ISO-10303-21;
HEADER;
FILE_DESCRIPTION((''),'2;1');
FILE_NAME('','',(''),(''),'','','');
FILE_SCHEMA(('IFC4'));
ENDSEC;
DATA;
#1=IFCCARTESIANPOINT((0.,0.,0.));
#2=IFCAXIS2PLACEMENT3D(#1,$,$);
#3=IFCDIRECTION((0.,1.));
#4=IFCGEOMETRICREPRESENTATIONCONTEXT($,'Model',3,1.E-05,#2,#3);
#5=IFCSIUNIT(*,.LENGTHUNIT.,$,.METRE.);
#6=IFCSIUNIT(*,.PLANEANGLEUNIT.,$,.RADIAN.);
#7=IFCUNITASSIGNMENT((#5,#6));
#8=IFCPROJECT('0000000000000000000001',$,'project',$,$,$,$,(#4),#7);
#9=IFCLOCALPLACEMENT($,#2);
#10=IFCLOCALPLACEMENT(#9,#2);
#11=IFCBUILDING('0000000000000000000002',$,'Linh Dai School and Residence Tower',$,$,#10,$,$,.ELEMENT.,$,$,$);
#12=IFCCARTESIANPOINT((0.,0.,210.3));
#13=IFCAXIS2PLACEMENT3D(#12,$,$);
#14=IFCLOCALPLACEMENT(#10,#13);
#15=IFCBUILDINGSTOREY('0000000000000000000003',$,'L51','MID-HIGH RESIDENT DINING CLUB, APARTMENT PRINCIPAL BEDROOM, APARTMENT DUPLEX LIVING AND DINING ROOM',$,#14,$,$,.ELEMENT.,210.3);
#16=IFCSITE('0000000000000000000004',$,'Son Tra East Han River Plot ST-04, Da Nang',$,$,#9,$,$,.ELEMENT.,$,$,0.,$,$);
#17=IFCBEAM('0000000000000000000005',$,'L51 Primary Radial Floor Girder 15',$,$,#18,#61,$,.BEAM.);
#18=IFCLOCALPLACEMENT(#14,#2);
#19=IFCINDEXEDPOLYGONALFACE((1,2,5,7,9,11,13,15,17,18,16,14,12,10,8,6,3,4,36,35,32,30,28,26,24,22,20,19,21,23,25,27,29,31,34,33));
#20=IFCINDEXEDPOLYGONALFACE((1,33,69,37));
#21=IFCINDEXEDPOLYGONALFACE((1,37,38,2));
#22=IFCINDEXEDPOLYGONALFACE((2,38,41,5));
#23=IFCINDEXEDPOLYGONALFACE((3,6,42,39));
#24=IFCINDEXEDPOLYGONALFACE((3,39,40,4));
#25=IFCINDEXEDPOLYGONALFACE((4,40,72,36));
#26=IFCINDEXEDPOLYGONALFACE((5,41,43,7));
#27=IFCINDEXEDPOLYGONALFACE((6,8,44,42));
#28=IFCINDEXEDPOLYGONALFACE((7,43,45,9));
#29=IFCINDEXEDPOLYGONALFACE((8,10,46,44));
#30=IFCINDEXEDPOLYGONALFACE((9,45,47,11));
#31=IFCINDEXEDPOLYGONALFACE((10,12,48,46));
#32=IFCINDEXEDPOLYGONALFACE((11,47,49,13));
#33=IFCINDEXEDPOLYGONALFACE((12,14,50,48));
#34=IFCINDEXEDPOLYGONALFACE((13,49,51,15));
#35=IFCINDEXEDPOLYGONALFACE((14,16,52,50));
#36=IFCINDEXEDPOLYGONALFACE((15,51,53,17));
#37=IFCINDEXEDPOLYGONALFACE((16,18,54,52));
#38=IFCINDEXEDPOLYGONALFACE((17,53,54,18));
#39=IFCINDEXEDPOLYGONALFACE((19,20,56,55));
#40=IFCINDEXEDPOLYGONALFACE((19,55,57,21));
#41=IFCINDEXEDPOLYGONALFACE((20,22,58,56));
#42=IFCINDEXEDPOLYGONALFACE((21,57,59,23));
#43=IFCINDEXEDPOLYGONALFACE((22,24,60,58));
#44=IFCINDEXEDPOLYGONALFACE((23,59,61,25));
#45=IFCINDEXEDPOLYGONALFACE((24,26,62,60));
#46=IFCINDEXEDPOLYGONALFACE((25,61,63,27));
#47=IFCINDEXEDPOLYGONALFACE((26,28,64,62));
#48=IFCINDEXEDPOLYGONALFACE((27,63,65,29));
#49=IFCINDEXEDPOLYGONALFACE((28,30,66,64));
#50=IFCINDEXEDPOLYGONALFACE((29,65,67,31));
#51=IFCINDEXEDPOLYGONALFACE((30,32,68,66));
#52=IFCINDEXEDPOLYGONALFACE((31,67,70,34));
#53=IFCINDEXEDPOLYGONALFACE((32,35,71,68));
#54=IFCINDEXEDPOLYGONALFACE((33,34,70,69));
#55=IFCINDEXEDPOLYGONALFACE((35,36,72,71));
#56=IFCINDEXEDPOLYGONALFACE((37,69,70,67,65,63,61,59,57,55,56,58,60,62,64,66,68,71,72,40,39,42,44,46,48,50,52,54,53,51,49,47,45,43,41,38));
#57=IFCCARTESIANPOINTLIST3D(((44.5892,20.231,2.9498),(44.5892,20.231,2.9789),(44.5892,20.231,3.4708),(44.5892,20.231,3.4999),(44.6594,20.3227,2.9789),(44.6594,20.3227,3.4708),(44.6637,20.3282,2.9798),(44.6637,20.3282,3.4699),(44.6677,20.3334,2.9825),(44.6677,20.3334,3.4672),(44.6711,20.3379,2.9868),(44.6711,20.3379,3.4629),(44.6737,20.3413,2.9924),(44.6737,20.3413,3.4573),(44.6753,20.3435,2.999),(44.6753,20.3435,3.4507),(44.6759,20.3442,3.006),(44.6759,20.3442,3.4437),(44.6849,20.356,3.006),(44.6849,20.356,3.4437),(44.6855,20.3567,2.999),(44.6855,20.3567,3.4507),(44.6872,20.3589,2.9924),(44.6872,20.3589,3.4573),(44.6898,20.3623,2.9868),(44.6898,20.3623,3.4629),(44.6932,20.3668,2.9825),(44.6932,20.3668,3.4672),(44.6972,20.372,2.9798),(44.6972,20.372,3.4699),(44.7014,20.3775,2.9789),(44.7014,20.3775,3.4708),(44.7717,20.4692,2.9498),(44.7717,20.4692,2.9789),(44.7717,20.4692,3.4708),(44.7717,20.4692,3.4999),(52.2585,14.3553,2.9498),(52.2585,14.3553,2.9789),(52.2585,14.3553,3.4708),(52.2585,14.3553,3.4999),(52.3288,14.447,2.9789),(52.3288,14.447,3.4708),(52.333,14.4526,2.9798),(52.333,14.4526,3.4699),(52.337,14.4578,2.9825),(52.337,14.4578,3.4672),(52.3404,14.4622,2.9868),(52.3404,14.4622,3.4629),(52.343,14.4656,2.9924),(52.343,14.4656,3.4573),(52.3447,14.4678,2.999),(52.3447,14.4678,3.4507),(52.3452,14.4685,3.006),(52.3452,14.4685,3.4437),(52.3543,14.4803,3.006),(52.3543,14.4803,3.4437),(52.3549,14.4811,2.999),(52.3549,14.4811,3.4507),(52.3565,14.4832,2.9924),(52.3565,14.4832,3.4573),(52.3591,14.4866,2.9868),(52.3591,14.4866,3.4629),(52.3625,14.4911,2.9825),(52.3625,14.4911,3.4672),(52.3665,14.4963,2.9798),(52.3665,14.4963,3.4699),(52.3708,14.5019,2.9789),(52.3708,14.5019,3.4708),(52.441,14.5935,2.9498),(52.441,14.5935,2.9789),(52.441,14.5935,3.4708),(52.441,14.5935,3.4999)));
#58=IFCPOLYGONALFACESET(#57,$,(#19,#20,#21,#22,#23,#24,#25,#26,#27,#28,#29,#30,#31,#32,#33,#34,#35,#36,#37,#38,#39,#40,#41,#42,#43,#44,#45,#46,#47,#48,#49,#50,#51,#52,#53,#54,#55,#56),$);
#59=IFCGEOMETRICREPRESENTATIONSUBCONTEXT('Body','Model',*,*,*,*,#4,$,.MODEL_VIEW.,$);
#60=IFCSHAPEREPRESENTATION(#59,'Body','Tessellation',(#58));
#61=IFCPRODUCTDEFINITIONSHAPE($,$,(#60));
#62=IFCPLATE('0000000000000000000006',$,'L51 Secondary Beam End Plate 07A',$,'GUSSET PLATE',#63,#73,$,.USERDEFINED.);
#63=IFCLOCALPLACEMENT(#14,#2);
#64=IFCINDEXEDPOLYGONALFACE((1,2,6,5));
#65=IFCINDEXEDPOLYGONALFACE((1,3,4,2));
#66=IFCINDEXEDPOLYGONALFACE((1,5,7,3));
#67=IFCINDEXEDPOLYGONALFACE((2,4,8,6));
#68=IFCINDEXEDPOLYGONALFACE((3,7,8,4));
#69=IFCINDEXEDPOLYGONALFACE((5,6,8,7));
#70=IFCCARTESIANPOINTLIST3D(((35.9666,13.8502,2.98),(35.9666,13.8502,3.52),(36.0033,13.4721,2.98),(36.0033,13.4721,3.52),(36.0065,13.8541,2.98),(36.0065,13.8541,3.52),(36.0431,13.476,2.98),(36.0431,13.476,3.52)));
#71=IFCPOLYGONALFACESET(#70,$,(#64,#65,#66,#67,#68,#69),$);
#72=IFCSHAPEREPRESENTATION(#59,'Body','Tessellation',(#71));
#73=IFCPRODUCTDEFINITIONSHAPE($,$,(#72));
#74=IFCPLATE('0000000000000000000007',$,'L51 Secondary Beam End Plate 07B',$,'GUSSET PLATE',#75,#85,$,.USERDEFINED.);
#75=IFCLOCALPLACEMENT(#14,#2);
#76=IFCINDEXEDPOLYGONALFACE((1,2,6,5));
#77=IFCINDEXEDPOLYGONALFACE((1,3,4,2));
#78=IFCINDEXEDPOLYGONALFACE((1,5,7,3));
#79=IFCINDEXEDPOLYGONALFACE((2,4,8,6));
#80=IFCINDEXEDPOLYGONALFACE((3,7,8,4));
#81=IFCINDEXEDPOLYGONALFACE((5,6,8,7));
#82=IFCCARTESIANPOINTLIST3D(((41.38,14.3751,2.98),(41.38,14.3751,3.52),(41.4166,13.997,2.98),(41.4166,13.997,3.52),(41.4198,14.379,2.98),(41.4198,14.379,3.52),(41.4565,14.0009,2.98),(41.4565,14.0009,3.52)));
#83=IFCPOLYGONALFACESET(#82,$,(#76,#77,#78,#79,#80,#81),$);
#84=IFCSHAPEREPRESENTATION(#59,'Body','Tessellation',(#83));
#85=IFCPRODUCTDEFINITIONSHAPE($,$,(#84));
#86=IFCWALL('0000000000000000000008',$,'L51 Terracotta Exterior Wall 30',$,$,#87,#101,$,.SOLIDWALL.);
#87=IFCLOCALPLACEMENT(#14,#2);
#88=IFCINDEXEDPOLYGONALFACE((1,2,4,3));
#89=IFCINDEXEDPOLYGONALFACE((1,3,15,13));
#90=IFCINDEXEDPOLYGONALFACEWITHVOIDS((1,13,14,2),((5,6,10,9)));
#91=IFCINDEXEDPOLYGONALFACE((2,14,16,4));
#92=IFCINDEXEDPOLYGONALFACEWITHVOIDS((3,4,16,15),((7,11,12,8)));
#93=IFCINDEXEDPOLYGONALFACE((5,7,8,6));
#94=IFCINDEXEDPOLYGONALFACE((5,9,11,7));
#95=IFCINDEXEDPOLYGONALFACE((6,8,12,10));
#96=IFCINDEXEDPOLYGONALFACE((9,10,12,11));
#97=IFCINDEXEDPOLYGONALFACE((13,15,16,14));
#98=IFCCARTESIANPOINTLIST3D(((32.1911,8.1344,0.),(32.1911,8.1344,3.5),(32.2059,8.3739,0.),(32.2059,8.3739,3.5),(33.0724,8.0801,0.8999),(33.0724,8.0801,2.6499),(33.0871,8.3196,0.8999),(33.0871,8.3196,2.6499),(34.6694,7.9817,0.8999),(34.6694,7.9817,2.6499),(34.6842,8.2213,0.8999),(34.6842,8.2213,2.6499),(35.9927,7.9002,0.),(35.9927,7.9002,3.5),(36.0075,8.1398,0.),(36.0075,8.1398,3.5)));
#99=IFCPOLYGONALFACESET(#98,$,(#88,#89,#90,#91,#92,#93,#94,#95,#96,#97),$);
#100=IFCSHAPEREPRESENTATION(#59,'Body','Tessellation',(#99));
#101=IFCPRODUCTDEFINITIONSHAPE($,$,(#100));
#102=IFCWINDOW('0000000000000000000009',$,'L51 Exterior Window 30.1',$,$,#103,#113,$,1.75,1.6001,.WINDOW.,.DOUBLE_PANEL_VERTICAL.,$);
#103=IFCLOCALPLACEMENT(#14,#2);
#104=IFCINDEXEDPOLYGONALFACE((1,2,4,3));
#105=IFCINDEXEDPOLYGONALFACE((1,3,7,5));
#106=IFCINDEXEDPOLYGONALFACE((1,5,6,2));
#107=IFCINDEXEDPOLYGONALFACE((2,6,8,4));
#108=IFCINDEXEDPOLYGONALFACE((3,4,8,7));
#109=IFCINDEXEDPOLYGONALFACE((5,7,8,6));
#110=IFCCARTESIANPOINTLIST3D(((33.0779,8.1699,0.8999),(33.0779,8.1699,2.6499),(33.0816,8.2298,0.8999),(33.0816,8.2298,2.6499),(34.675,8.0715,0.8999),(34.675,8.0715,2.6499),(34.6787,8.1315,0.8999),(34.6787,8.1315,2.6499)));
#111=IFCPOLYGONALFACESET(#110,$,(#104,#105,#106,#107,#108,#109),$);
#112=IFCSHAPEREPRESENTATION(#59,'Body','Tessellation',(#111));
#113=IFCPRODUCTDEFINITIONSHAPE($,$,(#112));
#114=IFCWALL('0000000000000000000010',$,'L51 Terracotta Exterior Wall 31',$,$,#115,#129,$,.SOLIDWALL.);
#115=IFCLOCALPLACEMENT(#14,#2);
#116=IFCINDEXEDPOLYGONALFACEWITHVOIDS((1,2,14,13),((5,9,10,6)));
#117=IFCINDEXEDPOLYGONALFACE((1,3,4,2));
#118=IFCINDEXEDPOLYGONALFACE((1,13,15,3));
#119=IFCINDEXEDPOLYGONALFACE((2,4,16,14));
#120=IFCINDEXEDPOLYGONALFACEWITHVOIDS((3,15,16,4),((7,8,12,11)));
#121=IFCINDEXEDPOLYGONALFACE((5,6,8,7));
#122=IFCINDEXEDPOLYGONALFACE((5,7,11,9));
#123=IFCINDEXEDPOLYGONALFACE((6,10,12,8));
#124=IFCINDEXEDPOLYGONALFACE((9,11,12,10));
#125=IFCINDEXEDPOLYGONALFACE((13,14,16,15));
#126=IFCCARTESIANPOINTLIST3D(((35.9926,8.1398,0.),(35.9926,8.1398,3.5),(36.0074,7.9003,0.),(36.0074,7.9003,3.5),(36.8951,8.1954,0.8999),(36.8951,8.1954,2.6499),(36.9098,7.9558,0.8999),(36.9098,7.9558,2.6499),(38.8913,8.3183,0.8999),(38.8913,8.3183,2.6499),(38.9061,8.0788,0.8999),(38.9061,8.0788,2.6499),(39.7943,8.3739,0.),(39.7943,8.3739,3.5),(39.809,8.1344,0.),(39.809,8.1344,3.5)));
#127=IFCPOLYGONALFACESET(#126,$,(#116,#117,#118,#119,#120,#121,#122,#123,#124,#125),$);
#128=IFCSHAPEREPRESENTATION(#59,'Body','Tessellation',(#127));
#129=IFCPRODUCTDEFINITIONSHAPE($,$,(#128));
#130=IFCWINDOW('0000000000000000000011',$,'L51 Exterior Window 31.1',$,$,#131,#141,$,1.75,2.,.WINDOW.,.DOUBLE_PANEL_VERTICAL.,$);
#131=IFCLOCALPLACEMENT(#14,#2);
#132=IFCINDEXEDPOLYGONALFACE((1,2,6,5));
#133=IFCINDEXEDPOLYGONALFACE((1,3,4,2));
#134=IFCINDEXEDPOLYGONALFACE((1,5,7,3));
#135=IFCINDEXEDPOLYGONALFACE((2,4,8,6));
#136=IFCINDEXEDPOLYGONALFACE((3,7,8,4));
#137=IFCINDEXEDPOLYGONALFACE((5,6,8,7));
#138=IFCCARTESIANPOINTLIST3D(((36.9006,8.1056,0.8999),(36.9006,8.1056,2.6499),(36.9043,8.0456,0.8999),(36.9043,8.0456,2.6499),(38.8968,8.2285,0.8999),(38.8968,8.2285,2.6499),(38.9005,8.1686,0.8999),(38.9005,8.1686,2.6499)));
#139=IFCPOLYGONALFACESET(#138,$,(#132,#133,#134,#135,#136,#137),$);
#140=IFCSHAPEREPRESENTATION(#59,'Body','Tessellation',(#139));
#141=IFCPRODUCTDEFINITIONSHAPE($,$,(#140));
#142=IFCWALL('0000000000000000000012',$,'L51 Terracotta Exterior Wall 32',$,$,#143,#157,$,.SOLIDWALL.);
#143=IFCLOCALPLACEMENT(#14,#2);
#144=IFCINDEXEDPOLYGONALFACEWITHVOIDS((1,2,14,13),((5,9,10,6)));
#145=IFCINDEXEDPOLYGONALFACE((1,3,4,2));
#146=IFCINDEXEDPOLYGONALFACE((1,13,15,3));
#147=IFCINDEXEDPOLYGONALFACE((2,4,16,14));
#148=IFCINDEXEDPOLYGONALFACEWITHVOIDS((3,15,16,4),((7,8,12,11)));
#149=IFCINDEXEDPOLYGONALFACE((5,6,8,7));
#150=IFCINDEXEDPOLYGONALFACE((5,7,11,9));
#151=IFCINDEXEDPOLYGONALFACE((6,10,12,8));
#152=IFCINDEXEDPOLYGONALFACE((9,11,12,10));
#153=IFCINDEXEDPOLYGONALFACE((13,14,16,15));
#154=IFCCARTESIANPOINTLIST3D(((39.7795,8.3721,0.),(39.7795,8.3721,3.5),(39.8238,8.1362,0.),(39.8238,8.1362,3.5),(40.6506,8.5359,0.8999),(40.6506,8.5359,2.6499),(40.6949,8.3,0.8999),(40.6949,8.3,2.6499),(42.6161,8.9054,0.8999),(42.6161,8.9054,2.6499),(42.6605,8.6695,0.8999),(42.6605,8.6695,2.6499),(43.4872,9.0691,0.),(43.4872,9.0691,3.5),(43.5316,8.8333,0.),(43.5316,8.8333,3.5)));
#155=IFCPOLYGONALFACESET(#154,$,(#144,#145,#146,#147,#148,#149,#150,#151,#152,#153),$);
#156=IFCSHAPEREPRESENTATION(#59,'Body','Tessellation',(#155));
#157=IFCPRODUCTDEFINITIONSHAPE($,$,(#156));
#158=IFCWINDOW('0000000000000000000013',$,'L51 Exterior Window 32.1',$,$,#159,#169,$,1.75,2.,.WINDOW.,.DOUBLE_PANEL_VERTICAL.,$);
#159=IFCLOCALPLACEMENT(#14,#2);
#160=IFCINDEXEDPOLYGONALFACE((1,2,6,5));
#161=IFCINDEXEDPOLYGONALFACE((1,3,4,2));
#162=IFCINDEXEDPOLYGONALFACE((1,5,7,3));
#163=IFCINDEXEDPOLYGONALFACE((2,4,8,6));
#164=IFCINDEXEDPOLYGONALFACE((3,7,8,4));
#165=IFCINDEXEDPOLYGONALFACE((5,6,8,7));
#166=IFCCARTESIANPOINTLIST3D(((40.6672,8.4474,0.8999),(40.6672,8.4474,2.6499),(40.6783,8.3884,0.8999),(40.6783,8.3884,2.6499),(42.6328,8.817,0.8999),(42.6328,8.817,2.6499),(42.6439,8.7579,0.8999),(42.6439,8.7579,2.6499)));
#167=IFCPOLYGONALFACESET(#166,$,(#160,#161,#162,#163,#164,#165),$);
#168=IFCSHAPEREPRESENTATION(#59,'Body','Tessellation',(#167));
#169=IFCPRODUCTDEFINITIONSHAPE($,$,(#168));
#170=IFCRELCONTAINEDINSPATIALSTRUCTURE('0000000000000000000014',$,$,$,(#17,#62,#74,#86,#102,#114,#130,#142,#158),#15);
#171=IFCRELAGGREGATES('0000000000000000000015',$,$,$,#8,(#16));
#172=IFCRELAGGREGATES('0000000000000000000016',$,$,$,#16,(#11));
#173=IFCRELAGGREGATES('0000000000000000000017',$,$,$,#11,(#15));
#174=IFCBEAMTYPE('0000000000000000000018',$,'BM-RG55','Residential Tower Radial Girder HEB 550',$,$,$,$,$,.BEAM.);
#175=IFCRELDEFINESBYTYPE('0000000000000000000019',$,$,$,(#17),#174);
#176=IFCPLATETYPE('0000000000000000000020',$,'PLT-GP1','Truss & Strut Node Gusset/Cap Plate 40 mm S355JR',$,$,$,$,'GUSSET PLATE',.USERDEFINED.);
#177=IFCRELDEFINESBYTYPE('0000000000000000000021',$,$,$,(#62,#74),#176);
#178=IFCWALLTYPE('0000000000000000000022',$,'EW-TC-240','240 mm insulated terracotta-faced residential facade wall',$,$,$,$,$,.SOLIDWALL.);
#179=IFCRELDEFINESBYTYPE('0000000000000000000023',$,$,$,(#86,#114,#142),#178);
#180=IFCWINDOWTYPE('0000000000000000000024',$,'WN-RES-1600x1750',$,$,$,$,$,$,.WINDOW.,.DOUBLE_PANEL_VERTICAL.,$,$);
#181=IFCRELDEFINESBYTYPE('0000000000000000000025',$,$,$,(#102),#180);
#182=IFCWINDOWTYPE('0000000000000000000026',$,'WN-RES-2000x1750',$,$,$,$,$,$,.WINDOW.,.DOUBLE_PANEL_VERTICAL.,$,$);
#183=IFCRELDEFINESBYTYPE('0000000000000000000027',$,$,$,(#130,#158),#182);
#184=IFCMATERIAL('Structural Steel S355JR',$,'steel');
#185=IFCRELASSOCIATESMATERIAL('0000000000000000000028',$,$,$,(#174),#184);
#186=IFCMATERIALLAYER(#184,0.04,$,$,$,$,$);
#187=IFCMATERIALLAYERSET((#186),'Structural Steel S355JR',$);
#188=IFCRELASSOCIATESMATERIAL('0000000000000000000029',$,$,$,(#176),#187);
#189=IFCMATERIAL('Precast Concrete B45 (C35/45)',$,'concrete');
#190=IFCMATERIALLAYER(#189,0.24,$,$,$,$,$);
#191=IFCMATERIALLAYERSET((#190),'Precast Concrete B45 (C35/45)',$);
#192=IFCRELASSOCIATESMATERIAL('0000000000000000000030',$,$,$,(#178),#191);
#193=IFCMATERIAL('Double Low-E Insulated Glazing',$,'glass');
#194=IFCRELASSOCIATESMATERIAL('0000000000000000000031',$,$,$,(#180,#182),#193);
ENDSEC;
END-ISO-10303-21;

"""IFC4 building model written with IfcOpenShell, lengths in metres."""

from ifc_helpers import new_model, si_unit, direction, frame, frame_2d, origin, origin_2d, place, context, subcontext, project, spatial, rectangle, i_section, extrude, source, transform, mapped, material, layer, layer_set, material_profile, profile_set, type_object, element, fill, save


model = new_model("IFC4")

# Units and contexts
model_context = context("Model", 3, precision=1e-05, world=origin(), true_north=direction((0.0, 1.0)))
body_context = subcontext(model_context, "Body", "Model", "MODEL_VIEW")
ifc_project = project(units=[si_unit("LENGTHUNIT", "METRE"), si_unit("PLANEANGLEUNIT", "RADIAN")], contexts=[model_context])

# Site, building, storey
site_placement = place(None, origin())
site = spatial("IfcSite", under=ifc_project, at=site_placement, Name="Son Tra East Han River Plot ST-04, Da Nang", CompositionType="ELEMENT", RefElevation=0.0)
building_placement = place(site_placement, origin())
building = spatial("IfcBuilding", under=site, at=building_placement, Name="Linh Dai School and Residence Tower", CompositionType="ELEMENT")
storey_placement = place(building_placement, frame((0.0, 0.0, 210.3)))
storey = spatial("IfcBuildingStorey", under=building, at=storey_placement, Name="L51", Description="MID-HIGH RESIDENT DINING CLUB, APARTMENT PRINCIPAL BEDROOM, APARTMENT DUPLEX LIVING AND DINING ROOM", CompositionType="ELEMENT", Elevation=210.3)

# Shared definitions
ifc_material_1 = material(Name="Structural Steel S355JR", Category="steel")

# Beam
ifc_material_profile_1 = material_profile(ifc_material_1, i_section(OverallWidth=0.3, OverallDepth=0.55, WebThickness=0.0149, FlangeThickness=0.0291, FilletRadius=0.0271, at=origin_2d()), Name="HEB 550")
ifc_profile_set_1 = profile_set([ifc_material_profile_1], Name="Structural Steel S355JR")
beam_type_1 = type_object("IfcBeamType", Name="BM-RG55", Description="Residential Tower Radial Girder HEB 550", PredefinedType="BEAM", material=ifc_profile_set_1)
beam_1_placement = place(storey_placement, frame((44.6804, 20.3501, 3.2249), z_axis=(0.793815, -0.60816, 0.0), x_axis=(0.60816, 0.793815, 0.0)))
element("IfcBeam", 1, at=beam_1_placement, inside=storey, type_object=beam_type_1, Name="L51 Primary Radial Floor Girder 15", PredefinedType="BEAM", context=body_context, shape_type="SweptSolid", body=[
    extrude(i_section(OverallWidth=0.3, OverallDepth=0.55, WebThickness=0.0149, FlangeThickness=0.0291, FilletRadius=0.0271, at=origin_2d()), origin(), (0.0, 0.0, 1.0), 9.6614),
])

# Plates
ifc_layer_1 = layer(ifc_material_1, 0.04)
ifc_layer_set_1 = layer_set([ifc_layer_1], Name="Structural Steel S355JR")
plate_type = type_object("IfcPlateType", Name="PLT-GP1", Description="Truss & Strut Node Gusset/Cap Plate 40 mm S355JR", ElementType="GUSSET PLATE", PredefinedType="USERDEFINED", material=ifc_layer_set_1)
shared_shape_1 = source(origin(), body_context, "Body", "SweptSolid", [
    extrude(rectangle(XDim=0.04, YDim=0.3799, at=origin_2d()), origin(), (0.0, 0.0, 1.0), 0.54),
])
for number, where, z_axis, x_axis, name in (
    (2, (36.0049, 13.6631, 2.98), (0.0, 0.0, 1.0), (0.995333, 0.096497, 0.0), "L51 Secondary Beam End Plate 07A"),
    (3, (41.4182, 14.188, 2.98), (0.0, 0.0, 1.0), (0.995333, 0.096497, 0.0), "L51 Secondary Beam End Plate 07B"),
):
    element("IfcPlate", number, at=place(storey_placement, frame(where, z_axis=z_axis, x_axis=x_axis)), inside=storey, type_object=plate_type, Name=name, ObjectType="GUSSET PLATE", PredefinedType="USERDEFINED", context=body_context, shape_type="MappedRepresentation", body=[
        mapped(shared_shape_1, transform((0.0, 0.0, 0.0), x_axis=(1.0, 0.0, 0.0), y_axis=(0.0, 1.0, 0.0), z_axis=(0.0, 0.0, 1.0), scale=1.0)),
    ])

# Walls, openings, windows
ifc_material_2 = material(Name="Precast Concrete B45 (C35/45)", Category="concrete")
ifc_layer_2 = layer(ifc_material_2, 0.24)
ifc_layer_set_2 = layer_set([ifc_layer_2], Name="Precast Concrete B45 (C35/45)")
wall_type_1 = type_object("IfcWallType", Name="EW-TC-240", Description="240 mm insulated terracotta-faced residential facade wall", PredefinedType="SOLIDWALL", material=ifc_layer_set_2)
wall_1_placement = place(storey_placement, frame((36.0, 8.02, 0.0), z_axis=(0.0, 0.0, 1.0), x_axis=(-0.998109, 0.061472, 0.0)))
wall_1 = element("IfcWall", 4, at=wall_1_placement, inside=storey, type_object=wall_type_1, Name="L51 Terracotta Exterior Wall 30", PredefinedType="SOLIDWALL", context=body_context, shape_type="SweptSolid", body=[
    extrude(rectangle(XDim=3.8088, YDim=0.24, at=frame_2d((1.9043, 0.0))), origin(), (0.0, 0.0, 1.0), 3.5),
])
opening_1_placement = place(wall_1_placement, frame((1.3257, 0.0, 0.8999)))
opening_1 = element("IfcOpeningElement", 5, at=opening_1_placement, cuts=wall_1, PredefinedType="OPENING", context=body_context, shape_type="SweptSolid", body=[
    extrude(rectangle(XDim=1.6001, YDim=1.75, at=origin_2d()), frame((0.8, 0.1299, 0.875), z_axis=(0.0, -1.0, 0.0), x_axis=(1.0, 0.0, 0.0)), (0.0, 0.0, 1.0), 0.26),
])
ifc_material_3 = material(Name="Double Low-E Insulated Glazing", Category="glass")
window_type_1 = type_object("IfcWindowType", Name="WN-RES-1600x1750", PartitioningType="DOUBLE_PANEL_VERTICAL", PredefinedType="WINDOW", material=ifc_material_3)
shared_shape_2 = source(origin(), body_context, "Body", "SweptSolid", [
    extrude(rectangle(XDim=1.6001, YDim=1.75, at=origin_2d()), frame((0.8, 0.03, 0.875), z_axis=(0.0, -1.0, 0.0), x_axis=(1.0, 0.0, 0.0)), (0.0, 0.0, 1.0), 0.0601),
])
window_1_placement = place(opening_1_placement, origin())
window_1 = element("IfcWindow", 6, at=window_1_placement, inside=storey, type_object=window_type_1, Name="L51 Exterior Window 30.1", OverallHeight=1.75, OverallWidth=1.6001, PartitioningType="DOUBLE_PANEL_VERTICAL", PredefinedType="WINDOW", context=body_context, shape_type="MappedRepresentation", body=[
    mapped(shared_shape_2, transform((0.0, 0.0, 0.0), x_axis=(1.0, 0.0, 0.0), y_axis=(0.0, 1.0, 0.0), z_axis=(0.0, 0.0, 1.0), scale=1.0)),
])
fill(opening_1, window_1)
wall_2_placement = place(storey_placement, frame((39.8015, 8.2542, 0.0), z_axis=(0.0, 0.0, 1.0), x_axis=(-0.998109, -0.061472, 0.0)))
wall_2 = element("IfcWall", 7, at=wall_2_placement, inside=storey, type_object=wall_type_1, Name="L51 Terracotta Exterior Wall 31", PredefinedType="SOLIDWALL", context=body_context, shape_type="SweptSolid", body=[
    extrude(rectangle(XDim=3.8088, YDim=0.24, at=frame_2d((1.9043, 0.0))), origin(), (0.0, 0.0, 1.0), 3.5),
])
opening_2_placement = place(wall_2_placement, frame((0.9045, 0.0, 0.8999)))
opening_2 = element("IfcOpeningElement", 8, at=opening_2_placement, cuts=wall_2, PredefinedType="OPENING", context=body_context, shape_type="SweptSolid", body=[
    extrude(rectangle(XDim=2.0, YDim=1.75, at=origin_2d()), frame((1.0, 0.1299, 0.875), z_axis=(0.0, -1.0, 0.0), x_axis=(1.0, 0.0, 0.0)), (0.0, 0.0, 1.0), 0.26),
])
window_type_2 = type_object("IfcWindowType", Name="WN-RES-2000x1750", PartitioningType="DOUBLE_PANEL_VERTICAL", PredefinedType="WINDOW", material=ifc_material_3)
shared_shape_3 = source(origin(), body_context, "Body", "SweptSolid", [
    extrude(rectangle(XDim=2.0, YDim=1.75, at=origin_2d()), frame((1.0, 0.03, 0.875), z_axis=(0.0, -1.0, 0.0), x_axis=(1.0, 0.0, 0.0)), (0.0, 0.0, 1.0), 0.0601),
])
window_2_placement = place(opening_2_placement, origin())
window_2 = element("IfcWindow", 9, at=window_2_placement, inside=storey, type_object=window_type_2, Name="L51 Exterior Window 31.1", OverallHeight=1.75, OverallWidth=2.0, PartitioningType="DOUBLE_PANEL_VERTICAL", PredefinedType="WINDOW", context=body_context, shape_type="MappedRepresentation", body=[
    mapped(shared_shape_3, transform((0.0, 0.0, 0.0), x_axis=(1.0, 0.0, 0.0), y_axis=(0.0, 1.0, 0.0), z_axis=(0.0, 0.0, 1.0), scale=1.0)),
])
fill(opening_2, window_2)
wall_3_placement = place(storey_placement, frame((43.5093, 8.9512, 0.0), z_axis=(0.0, 0.0, 1.0), x_axis=(-0.982785, -0.184753, 0.0)))
wall_3 = element("IfcWall", 10, at=wall_3_placement, inside=storey, type_object=wall_type_1, Name="L51 Terracotta Exterior Wall 32", PredefinedType="SOLIDWALL", context=body_context, shape_type="SweptSolid", body=[
    extrude(rectangle(XDim=3.7727, YDim=0.24, at=frame_2d((1.8862, 0.0))), origin(), (0.0, 0.0, 1.0), 3.5),
])
opening_3_placement = place(wall_3_placement, frame((0.8862, 0.0, 0.8999)))
opening_3 = element("IfcOpeningElement", 11, at=opening_3_placement, cuts=wall_3, PredefinedType="OPENING", context=body_context, shape_type="SweptSolid", body=[
    extrude(rectangle(XDim=2.0, YDim=1.75, at=origin_2d()), frame((1.0, 0.1299, 0.875), z_axis=(0.0, -1.0, 0.0), x_axis=(1.0, 0.0, 0.0)), (0.0, 0.0, 1.0), 0.26),
])
window_3_placement = place(opening_3_placement, origin())
window_3 = element("IfcWindow", 12, at=window_3_placement, inside=storey, type_object=window_type_2, Name="L51 Exterior Window 32.1", OverallHeight=1.75, OverallWidth=2.0, PartitioningType="DOUBLE_PANEL_VERTICAL", PredefinedType="WINDOW", context=body_context, shape_type="MappedRepresentation", body=[
    mapped(shared_shape_3, transform((0.0, 0.0, 0.0), x_axis=(1.0, 0.0, 0.0), y_axis=(0.0, 1.0, 0.0), z_axis=(0.0, 0.0, 1.0), scale=1.0)),
])
fill(opening_3, window_3)

save(model, "model.ifc")
